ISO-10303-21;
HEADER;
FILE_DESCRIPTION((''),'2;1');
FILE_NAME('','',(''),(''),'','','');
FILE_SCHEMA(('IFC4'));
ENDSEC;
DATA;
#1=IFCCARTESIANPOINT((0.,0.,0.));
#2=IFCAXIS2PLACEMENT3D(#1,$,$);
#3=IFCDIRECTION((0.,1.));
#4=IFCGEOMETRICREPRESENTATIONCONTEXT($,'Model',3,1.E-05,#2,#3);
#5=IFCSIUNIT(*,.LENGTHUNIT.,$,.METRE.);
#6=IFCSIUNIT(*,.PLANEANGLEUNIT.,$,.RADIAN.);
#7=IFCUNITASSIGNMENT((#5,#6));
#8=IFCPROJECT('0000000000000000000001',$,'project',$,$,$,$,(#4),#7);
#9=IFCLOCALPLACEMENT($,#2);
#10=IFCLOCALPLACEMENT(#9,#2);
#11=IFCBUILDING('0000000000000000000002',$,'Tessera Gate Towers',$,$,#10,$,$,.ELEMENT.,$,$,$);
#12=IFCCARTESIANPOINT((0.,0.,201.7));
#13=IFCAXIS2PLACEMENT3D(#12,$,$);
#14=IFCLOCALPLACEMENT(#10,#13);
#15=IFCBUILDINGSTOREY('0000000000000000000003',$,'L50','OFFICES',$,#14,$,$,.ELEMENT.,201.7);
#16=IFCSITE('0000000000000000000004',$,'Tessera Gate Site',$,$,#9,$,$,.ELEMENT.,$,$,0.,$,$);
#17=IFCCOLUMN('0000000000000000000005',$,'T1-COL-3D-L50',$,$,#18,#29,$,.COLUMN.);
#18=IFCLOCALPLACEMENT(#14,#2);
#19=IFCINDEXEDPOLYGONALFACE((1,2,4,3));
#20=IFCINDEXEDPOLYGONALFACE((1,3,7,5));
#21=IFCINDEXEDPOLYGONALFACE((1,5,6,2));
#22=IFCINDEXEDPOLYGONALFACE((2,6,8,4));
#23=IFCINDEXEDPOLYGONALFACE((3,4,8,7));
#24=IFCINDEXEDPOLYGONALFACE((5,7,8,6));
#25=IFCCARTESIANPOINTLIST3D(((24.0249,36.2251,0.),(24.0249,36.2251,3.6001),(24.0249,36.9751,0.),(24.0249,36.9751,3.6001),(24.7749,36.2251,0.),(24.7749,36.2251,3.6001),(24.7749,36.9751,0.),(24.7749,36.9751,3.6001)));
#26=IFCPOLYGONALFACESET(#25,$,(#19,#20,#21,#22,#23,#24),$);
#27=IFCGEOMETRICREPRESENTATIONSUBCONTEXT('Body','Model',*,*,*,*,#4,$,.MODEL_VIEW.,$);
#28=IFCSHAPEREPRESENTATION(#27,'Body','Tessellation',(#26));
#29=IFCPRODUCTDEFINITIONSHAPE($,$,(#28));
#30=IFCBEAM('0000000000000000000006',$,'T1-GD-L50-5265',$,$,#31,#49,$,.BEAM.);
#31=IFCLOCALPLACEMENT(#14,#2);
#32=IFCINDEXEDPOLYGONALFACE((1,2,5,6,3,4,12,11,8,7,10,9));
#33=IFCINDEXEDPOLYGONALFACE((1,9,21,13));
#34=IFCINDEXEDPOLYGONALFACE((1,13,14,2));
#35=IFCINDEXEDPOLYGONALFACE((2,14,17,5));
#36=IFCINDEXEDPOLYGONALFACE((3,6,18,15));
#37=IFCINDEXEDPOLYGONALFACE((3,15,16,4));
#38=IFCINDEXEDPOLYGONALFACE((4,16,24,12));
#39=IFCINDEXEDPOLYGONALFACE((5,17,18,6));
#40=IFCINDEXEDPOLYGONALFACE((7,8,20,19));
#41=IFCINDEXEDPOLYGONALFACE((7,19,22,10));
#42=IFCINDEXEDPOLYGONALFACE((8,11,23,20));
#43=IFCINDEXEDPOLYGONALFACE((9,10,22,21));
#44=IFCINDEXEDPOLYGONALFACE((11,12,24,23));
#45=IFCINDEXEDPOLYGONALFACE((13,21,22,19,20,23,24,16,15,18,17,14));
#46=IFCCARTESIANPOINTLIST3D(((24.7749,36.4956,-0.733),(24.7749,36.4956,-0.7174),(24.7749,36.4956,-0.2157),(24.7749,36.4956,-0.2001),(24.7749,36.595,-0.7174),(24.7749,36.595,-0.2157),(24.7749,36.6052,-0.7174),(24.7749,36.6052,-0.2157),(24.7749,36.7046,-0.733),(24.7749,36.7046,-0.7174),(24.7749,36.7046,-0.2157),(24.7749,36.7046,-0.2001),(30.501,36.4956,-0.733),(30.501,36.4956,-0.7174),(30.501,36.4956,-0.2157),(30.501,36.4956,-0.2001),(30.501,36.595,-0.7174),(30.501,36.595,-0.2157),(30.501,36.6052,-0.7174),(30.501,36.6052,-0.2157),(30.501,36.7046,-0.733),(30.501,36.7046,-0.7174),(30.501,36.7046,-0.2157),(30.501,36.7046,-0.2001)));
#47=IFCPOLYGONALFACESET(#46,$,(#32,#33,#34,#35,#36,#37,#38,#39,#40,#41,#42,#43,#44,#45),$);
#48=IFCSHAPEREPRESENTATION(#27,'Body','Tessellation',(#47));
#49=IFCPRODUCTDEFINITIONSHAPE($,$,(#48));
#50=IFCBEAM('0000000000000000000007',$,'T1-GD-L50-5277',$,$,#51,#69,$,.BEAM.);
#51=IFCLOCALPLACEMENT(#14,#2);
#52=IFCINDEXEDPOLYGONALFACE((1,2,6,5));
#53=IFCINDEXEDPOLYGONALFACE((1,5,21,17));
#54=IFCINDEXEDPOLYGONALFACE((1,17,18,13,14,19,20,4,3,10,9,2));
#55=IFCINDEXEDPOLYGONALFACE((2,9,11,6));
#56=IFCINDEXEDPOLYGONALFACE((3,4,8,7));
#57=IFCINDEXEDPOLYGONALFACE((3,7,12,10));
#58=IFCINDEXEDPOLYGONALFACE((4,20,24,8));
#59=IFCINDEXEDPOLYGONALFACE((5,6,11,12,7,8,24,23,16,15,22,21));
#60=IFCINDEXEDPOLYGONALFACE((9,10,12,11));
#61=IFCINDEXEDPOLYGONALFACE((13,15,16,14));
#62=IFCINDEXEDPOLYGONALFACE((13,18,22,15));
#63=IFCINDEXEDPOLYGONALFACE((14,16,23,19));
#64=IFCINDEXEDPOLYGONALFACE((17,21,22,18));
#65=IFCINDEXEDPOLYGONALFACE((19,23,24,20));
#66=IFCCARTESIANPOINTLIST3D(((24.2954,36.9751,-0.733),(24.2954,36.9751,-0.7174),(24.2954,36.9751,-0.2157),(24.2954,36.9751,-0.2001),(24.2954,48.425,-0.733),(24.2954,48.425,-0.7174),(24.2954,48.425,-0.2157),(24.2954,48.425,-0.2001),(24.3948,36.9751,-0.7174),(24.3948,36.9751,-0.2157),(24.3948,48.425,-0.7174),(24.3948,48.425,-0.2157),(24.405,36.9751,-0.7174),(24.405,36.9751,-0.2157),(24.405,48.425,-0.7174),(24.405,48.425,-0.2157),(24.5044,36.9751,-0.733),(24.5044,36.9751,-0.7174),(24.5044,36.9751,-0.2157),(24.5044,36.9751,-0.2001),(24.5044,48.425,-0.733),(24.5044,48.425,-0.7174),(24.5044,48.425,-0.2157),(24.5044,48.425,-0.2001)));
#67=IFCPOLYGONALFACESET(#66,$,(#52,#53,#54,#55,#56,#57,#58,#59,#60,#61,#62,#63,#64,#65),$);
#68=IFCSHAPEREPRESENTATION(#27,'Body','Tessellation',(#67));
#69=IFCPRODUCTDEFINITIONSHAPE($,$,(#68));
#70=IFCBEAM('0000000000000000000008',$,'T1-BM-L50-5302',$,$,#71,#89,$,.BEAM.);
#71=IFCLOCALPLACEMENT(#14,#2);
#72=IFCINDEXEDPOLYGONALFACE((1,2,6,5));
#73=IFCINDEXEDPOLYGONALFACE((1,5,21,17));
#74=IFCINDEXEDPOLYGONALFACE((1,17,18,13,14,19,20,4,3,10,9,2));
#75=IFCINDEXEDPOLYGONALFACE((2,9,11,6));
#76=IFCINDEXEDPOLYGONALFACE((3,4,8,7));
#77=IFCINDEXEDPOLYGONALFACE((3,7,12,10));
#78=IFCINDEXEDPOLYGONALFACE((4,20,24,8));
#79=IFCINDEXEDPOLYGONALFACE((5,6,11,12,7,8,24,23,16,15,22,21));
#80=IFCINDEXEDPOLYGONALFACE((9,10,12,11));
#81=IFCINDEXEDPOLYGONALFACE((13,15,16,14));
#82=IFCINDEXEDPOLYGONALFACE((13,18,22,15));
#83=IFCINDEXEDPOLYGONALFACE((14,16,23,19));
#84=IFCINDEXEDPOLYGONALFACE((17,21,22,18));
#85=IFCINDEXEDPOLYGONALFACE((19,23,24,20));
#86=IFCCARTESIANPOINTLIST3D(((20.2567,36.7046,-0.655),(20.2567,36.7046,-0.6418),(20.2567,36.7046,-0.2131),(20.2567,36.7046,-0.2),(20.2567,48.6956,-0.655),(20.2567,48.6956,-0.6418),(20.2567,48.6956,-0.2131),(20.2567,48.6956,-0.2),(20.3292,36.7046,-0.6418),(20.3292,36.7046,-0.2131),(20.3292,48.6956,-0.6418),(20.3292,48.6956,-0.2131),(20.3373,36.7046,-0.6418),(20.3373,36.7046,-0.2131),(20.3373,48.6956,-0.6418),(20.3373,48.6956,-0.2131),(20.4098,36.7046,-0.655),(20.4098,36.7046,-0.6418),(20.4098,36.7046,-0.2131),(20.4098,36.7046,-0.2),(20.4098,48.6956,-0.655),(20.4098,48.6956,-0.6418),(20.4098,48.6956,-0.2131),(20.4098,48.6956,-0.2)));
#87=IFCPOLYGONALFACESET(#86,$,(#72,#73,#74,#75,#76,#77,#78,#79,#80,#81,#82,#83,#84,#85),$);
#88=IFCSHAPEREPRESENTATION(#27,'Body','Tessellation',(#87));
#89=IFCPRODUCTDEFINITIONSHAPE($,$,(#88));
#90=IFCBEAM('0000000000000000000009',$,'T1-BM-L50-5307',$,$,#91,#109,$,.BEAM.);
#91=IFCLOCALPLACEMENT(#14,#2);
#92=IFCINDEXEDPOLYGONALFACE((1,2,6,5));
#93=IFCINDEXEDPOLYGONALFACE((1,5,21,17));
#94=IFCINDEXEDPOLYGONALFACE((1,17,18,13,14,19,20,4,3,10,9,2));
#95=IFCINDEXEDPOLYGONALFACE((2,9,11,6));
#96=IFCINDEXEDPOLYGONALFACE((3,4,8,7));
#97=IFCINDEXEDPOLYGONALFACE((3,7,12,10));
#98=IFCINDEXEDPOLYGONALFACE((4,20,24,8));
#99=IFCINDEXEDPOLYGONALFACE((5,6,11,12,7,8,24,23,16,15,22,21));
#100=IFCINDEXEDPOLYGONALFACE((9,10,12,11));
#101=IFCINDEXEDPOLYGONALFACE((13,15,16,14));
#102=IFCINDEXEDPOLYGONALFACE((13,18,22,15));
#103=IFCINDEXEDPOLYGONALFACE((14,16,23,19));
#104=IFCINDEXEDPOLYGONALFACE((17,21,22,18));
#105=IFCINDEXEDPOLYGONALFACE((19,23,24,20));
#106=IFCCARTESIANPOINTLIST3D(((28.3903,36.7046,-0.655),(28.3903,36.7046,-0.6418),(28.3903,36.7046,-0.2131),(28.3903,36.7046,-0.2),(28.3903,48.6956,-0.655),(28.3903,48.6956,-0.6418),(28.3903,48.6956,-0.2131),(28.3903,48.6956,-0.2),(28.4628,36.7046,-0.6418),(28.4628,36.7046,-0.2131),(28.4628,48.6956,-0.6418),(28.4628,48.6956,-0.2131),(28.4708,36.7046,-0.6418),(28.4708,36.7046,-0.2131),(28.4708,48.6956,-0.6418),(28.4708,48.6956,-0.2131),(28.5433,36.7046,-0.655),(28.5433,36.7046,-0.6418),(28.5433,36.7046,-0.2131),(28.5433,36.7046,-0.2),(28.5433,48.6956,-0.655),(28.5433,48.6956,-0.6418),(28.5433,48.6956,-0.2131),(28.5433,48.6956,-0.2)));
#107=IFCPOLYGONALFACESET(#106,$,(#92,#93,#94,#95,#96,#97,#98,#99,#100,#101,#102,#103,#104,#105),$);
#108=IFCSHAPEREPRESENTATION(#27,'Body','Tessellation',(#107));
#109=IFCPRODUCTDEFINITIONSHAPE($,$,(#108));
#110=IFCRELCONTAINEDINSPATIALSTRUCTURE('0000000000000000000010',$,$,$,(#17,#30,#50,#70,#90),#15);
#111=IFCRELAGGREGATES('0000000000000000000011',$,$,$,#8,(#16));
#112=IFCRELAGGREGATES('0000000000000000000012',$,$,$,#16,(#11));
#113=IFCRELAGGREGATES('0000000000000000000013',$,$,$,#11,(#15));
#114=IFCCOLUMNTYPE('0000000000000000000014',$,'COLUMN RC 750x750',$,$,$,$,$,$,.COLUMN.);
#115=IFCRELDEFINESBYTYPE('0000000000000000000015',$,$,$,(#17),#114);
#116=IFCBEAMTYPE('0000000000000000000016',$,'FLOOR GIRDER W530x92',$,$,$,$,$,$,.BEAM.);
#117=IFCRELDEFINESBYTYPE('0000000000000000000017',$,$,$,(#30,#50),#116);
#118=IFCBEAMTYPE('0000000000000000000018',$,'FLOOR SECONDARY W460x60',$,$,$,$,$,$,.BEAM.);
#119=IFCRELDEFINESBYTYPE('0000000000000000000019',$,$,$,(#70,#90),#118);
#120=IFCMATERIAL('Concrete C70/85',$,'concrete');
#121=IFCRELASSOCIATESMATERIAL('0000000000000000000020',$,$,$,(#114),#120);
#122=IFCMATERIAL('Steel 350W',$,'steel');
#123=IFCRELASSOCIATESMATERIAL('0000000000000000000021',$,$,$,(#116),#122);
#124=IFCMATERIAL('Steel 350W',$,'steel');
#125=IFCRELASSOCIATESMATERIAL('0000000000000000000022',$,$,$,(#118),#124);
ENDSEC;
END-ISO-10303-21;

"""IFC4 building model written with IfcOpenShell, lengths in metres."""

from ifc_helpers import new_model, si_unit, direction, frame, origin, origin_2d, place, context, subcontext, project, spatial, rectangle, i_section, extrude, material, material_profile, profile_set, type_object, element, save


model = new_model("IFC4")

# Units and contexts
model_context = context("Model", 3, precision=1e-05, world=origin(), true_north=direction((0.0, 1.0)))
body_context = subcontext(model_context, "Body", "Model", "MODEL_VIEW")
ifc_project = project(units=[si_unit("LENGTHUNIT", "METRE"), si_unit("PLANEANGLEUNIT", "RADIAN")], contexts=[model_context])

# Site, building, storey
site_placement = place(None, origin())
site = spatial("IfcSite", under=ifc_project, at=site_placement, Name="Tessera Gate Site", CompositionType="ELEMENT", RefElevation=0.0)
building_placement = place(site_placement, origin())
building = spatial("IfcBuilding", under=site, at=building_placement, Name="Tessera Gate Towers", CompositionType="ELEMENT")
storey_placement = place(building_placement, frame((0.0, 0.0, 201.7)))
storey = spatial("IfcBuildingStorey", under=building, at=storey_placement, Name="L50", Description="OFFICES", CompositionType="ELEMENT", Elevation=201.7)

# Column
ifc_material_1 = material(Name="Concrete C70/85", Category="concrete")
ifc_material_profile_1 = material_profile(ifc_material_1, rectangle(XDim=0.75, YDim=0.75, at=origin_2d()), Name="RC 750x750")
ifc_profile_set_1 = profile_set([ifc_material_profile_1], Name="Concrete C70/85")
column_type = type_object("IfcColumnType", Name="COLUMN RC 750x750", PredefinedType="COLUMN", material=ifc_profile_set_1)
column_placement = place(storey_placement, frame((24.3999, 36.6001, 0.0), z_axis=(0.0, 0.0, 1.0), x_axis=(1.0, 0.0, 0.0)))
element("IfcColumn", 1, at=column_placement, inside=storey, type_object=column_type, Name="T1-COL-3D-L50", PredefinedType="COLUMN", context=body_context, shape_type="SweptSolid", body=[
    extrude(rectangle(XDim=0.75, YDim=0.75, at=origin_2d()), origin(), (0.0, 0.0, 1.0), 3.6001),
])

# Beams
ifc_material_2 = material(Name="Steel 350W", Category="steel")
ifc_material_profile_2 = material_profile(ifc_material_2, i_section(OverallWidth=0.209, OverallDepth=0.533, WebThickness=0.0103, FlangeThickness=0.0156, at=origin_2d()), Name="W530x92")
ifc_profile_set_2 = profile_set([ifc_material_profile_2], Name="Steel 350W")
beam_type_1 = type_object("IfcBeamType", Name="FLOOR GIRDER W530x92", PredefinedType="BEAM", material=ifc_profile_set_2)
beam_1_placement = place(storey_placement, frame((24.7749, 36.6001, -0.4666), z_axis=(1.0, 0.0, 0.0), x_axis=(0.0, 1.0, 0.0)))
element("IfcBeam", 2, at=beam_1_placement, inside=storey, type_object=beam_type_1, Name="T1-GD-L50-5265", PredefinedType="BEAM", context=body_context, shape_type="SweptSolid", body=[
    extrude(i_section(OverallWidth=0.209, OverallDepth=0.533, WebThickness=0.0103, FlangeThickness=0.0156, at=origin_2d()), origin(), (0.0, 0.0, 1.0), 5.7261),
])
beam_2_placement = place(storey_placement, frame((24.3999, 36.9751, -0.4666), z_axis=(0.0, 1.0, 0.0), x_axis=(-1.0, 0.0, 0.0)))
element("IfcBeam", 3, at=beam_2_placement, inside=storey, type_object=beam_type_1, Name="T1-GD-L50-5277", PredefinedType="BEAM", context=body_context, shape_type="SweptSolid", body=[
    extrude(i_section(OverallWidth=0.209, OverallDepth=0.533, WebThickness=0.0103, FlangeThickness=0.0156, at=origin_2d()), origin(), (0.0, 0.0, 1.0), 11.45),
])
ifc_material_3 = material(Name="Steel 350W", Category="steel")
ifc_material_profile_3 = material_profile(ifc_material_3, i_section(OverallWidth=0.1531, OverallDepth=0.4551, WebThickness=0.0081, FlangeThickness=0.0132, at=origin_2d()), Name="W460x60")
ifc_profile_set_3 = profile_set([ifc_material_profile_3], Name="Steel 350W")
beam_type_2 = type_object("IfcBeamType", Name="FLOOR SECONDARY W460x60", PredefinedType="BEAM", material=ifc_profile_set_3)
for number, where, z_axis, x_axis, name in (
    (4, (20.3333, 36.7046, -0.4275), (0.0, 1.0, 0.0), (-1.0, 0.0, 0.0), "T1-BM-L50-5302"),
    (5, (28.4668, 36.7046, -0.4275), (0.0, 1.0, 0.0), (-1.0, 0.0, 0.0), "T1-BM-L50-5307"),
):
    element("IfcBeam", number, at=place(storey_placement, frame(where, z_axis=z_axis, x_axis=x_axis)), inside=storey, type_object=beam_type_2, Name=name, PredefinedType="BEAM", context=body_context, shape_type="SweptSolid", body=[
        extrude(i_section(OverallWidth=0.1531, OverallDepth=0.4551, WebThickness=0.0081, FlangeThickness=0.0132, at=origin_2d()), origin(), (0.0, 0.0, 1.0), 11.991),
    ])

save(model, "model.ifc")
